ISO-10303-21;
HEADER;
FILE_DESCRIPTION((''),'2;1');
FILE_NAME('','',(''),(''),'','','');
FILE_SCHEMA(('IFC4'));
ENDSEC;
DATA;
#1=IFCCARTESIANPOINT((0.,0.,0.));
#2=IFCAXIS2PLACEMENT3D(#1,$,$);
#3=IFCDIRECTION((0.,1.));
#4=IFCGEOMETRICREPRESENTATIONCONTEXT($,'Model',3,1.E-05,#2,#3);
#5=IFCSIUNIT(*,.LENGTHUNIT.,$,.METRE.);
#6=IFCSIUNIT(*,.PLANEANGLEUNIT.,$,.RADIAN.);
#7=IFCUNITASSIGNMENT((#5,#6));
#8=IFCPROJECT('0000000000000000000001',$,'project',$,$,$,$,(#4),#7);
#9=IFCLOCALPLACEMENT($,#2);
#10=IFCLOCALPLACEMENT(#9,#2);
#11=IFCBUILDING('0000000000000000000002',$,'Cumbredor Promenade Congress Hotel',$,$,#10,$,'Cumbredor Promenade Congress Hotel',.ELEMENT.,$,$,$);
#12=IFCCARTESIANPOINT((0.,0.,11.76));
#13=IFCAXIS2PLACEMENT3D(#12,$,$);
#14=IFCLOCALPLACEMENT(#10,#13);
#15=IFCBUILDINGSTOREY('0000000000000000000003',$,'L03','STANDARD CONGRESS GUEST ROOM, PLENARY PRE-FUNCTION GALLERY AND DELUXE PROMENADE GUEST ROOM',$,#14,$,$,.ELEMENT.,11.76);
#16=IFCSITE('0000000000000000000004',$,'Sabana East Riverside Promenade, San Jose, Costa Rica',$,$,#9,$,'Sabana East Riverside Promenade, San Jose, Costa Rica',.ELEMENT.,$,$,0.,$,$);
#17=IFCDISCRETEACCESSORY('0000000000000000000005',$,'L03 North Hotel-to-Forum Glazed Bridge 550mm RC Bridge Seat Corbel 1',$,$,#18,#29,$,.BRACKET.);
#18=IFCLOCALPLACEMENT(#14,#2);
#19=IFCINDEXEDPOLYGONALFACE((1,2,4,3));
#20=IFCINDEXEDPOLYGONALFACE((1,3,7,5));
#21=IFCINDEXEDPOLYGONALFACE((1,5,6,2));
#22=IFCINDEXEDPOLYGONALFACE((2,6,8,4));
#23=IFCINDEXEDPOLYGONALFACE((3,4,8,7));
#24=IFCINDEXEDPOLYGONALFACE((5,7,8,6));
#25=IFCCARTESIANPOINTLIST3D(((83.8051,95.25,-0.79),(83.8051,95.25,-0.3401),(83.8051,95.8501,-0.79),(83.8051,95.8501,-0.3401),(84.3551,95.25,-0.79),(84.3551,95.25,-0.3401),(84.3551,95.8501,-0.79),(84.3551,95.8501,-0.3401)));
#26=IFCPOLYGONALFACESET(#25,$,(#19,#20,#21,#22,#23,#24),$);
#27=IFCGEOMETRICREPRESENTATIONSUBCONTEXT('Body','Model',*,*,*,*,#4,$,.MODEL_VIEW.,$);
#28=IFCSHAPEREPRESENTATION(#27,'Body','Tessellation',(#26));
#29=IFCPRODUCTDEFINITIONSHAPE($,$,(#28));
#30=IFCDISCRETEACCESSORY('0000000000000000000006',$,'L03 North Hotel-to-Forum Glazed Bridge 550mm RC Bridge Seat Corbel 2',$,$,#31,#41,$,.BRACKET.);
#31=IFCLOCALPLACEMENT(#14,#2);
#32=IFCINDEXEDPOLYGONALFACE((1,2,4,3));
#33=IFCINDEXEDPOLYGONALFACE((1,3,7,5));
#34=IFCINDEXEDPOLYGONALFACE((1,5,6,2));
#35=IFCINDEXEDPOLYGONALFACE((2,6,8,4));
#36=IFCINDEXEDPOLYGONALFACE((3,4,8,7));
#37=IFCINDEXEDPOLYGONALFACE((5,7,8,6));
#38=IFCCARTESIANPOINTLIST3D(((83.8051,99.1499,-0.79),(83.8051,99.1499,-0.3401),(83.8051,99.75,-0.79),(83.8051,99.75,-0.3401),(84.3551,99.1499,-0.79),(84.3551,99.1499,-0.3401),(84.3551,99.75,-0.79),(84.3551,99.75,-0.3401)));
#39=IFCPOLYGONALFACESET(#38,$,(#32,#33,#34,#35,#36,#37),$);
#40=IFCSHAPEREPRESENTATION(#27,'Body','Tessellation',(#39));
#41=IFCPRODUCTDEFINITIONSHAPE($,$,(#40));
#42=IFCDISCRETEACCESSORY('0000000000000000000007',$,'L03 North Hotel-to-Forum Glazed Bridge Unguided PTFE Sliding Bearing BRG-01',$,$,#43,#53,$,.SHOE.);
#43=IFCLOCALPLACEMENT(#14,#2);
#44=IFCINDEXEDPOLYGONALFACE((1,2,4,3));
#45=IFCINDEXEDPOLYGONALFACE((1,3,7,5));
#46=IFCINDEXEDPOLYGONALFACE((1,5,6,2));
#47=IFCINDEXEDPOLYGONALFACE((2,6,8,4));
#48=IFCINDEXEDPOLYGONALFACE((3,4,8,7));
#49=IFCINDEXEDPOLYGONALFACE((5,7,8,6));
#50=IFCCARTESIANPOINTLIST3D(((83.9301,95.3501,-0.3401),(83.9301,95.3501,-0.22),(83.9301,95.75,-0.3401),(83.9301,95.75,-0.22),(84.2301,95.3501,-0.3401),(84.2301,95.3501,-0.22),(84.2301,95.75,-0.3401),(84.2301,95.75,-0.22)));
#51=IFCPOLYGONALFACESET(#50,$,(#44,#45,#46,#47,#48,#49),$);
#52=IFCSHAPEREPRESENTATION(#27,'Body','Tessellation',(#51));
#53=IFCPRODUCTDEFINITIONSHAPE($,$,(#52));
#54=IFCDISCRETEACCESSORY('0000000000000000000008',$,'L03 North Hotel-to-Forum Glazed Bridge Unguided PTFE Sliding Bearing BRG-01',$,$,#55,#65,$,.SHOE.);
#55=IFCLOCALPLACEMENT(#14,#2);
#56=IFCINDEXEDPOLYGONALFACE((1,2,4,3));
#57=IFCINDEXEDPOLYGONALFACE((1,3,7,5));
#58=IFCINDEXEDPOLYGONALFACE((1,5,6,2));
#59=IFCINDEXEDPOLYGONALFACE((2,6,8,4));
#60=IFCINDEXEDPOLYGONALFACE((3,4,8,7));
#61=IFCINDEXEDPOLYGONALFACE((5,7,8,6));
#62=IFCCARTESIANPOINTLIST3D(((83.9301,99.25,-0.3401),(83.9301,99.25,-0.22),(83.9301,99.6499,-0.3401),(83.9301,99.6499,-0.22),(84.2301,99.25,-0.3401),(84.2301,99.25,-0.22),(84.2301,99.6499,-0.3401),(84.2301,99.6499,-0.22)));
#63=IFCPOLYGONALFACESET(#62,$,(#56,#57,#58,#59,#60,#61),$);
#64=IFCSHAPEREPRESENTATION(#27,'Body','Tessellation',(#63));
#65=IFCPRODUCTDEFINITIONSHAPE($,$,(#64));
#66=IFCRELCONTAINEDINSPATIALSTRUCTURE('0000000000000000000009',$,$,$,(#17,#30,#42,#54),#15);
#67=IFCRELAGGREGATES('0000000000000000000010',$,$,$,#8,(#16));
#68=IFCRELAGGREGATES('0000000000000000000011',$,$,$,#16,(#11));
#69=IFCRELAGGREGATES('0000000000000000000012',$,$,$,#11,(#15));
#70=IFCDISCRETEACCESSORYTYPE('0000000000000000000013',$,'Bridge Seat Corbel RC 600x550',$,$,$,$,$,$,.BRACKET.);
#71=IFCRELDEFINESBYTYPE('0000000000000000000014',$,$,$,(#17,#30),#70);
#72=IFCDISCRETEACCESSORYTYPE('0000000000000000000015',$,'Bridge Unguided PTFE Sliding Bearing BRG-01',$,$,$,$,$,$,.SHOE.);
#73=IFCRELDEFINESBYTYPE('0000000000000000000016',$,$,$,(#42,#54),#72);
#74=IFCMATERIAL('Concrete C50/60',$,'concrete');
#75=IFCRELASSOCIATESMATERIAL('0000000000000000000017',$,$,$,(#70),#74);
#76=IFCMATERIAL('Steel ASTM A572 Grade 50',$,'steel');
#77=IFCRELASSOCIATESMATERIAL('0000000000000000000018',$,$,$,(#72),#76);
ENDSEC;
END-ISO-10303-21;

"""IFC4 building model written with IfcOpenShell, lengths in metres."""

from ifc_helpers import new_model, si_unit, direction, frame, origin, origin_2d, place, context, subcontext, project, spatial, rectangle, extrude, material, type_object, element, save


model = new_model("IFC4")

# Units and contexts
model_context = context("Model", 3, precision=1e-05, world=origin(), true_north=direction((0.0, 1.0)))
body_context = subcontext(model_context, "Body", "Model", "MODEL_VIEW")
ifc_project = project(units=[si_unit("LENGTHUNIT", "METRE"), si_unit("PLANEANGLEUNIT", "RADIAN")], contexts=[model_context])

# Site, building, storey
site_placement = place(None, origin())
site = spatial("IfcSite", under=ifc_project, at=site_placement, Name="Sabana East Riverside Promenade, San Jose, Costa Rica", LongName="Sabana East Riverside Promenade, San Jose, Costa Rica", CompositionType="ELEMENT", RefElevation=0.0)
building_placement = place(site_placement, origin())
building = spatial("IfcBuilding", under=site, at=building_placement, Name="Cumbredor Promenade Congress Hotel", LongName="Cumbredor Promenade Congress Hotel", CompositionType="ELEMENT")
storey_placement = place(building_placement, frame((0.0, 0.0, 11.76)))
storey = spatial("IfcBuildingStorey", under=building, at=storey_placement, Name="L03", Description="STANDARD CONGRESS GUEST ROOM, PLENARY PRE-FUNCTION GALLERY AND DELUXE PROMENADE GUEST ROOM", CompositionType="ELEMENT", Elevation=11.76)

# Shared definitions
ifc_material_1 = material(Name="Concrete C50/60", Category="concrete")

# Shared definitions
ifc_material_2 = material(Name="Steel ASTM A572 Grade 50", Category="steel")

# Discrete accessories
discrete_accessory_type_1 = type_object("IfcDiscreteAccessoryType", Name="Bridge Seat Corbel RC 600x550", PredefinedType="BRACKET", material=ifc_material_1)
for number, where, z_axis, x_axis, name in (
    (1, (84.0801, 95.55, -0.79), (0.0, 0.0, 1.0), (1.0, 0.0, 0.0), "L03 North Hotel-to-Forum Glazed Bridge 550mm RC Bridge Seat Corbel 1"),
    (2, (84.0801, 99.45, -0.79), (0.0, 0.0, 1.0), (1.0, 0.0, 0.0), "L03 North Hotel-to-Forum Glazed Bridge 550mm RC Bridge Seat Corbel 2"),
):
    element("IfcDiscreteAccessory", number, at=place(storey_placement, frame(where, z_axis=z_axis, x_axis=x_axis)), inside=storey, type_object=discrete_accessory_type_1, Name=name, PredefinedType="BRACKET", context=body_context, shape_type="SweptSolid", body=[
        extrude(rectangle(XDim=0.55, YDim=0.6001, at=origin_2d()), origin(), (0.0, 0.0, 1.0), 0.45),
    ])
discrete_accessory_type_2 = type_object("IfcDiscreteAccessoryType", Name="Bridge Unguided PTFE Sliding Bearing BRG-01", PredefinedType="SHOE", material=ifc_material_2)
for number, where, z_axis, x_axis, name in (
    (3, (84.0801, 95.55, -0.3401), (0.0, 0.0, 1.0), (1.0, 0.0, 0.0), "L03 North Hotel-to-Forum Glazed Bridge Unguided PTFE Sliding Bearing BRG-01"),
    (4, (84.0801, 99.45, -0.3401), (0.0, 0.0, 1.0), (1.0, 0.0, 0.0), "L03 North Hotel-to-Forum Glazed Bridge Unguided PTFE Sliding Bearing BRG-01"),
):
    element("IfcDiscreteAccessory", number, at=place(storey_placement, frame(where, z_axis=z_axis, x_axis=x_axis)), inside=storey, type_object=discrete_accessory_type_2, Name=name, PredefinedType="SHOE", context=body_context, shape_type="SweptSolid", body=[
        extrude(rectangle(XDim=0.3, YDim=0.3999, at=origin_2d()), origin(), (0.0, 0.0, 1.0), 0.1201),
    ])

save(model, "model.ifc")
